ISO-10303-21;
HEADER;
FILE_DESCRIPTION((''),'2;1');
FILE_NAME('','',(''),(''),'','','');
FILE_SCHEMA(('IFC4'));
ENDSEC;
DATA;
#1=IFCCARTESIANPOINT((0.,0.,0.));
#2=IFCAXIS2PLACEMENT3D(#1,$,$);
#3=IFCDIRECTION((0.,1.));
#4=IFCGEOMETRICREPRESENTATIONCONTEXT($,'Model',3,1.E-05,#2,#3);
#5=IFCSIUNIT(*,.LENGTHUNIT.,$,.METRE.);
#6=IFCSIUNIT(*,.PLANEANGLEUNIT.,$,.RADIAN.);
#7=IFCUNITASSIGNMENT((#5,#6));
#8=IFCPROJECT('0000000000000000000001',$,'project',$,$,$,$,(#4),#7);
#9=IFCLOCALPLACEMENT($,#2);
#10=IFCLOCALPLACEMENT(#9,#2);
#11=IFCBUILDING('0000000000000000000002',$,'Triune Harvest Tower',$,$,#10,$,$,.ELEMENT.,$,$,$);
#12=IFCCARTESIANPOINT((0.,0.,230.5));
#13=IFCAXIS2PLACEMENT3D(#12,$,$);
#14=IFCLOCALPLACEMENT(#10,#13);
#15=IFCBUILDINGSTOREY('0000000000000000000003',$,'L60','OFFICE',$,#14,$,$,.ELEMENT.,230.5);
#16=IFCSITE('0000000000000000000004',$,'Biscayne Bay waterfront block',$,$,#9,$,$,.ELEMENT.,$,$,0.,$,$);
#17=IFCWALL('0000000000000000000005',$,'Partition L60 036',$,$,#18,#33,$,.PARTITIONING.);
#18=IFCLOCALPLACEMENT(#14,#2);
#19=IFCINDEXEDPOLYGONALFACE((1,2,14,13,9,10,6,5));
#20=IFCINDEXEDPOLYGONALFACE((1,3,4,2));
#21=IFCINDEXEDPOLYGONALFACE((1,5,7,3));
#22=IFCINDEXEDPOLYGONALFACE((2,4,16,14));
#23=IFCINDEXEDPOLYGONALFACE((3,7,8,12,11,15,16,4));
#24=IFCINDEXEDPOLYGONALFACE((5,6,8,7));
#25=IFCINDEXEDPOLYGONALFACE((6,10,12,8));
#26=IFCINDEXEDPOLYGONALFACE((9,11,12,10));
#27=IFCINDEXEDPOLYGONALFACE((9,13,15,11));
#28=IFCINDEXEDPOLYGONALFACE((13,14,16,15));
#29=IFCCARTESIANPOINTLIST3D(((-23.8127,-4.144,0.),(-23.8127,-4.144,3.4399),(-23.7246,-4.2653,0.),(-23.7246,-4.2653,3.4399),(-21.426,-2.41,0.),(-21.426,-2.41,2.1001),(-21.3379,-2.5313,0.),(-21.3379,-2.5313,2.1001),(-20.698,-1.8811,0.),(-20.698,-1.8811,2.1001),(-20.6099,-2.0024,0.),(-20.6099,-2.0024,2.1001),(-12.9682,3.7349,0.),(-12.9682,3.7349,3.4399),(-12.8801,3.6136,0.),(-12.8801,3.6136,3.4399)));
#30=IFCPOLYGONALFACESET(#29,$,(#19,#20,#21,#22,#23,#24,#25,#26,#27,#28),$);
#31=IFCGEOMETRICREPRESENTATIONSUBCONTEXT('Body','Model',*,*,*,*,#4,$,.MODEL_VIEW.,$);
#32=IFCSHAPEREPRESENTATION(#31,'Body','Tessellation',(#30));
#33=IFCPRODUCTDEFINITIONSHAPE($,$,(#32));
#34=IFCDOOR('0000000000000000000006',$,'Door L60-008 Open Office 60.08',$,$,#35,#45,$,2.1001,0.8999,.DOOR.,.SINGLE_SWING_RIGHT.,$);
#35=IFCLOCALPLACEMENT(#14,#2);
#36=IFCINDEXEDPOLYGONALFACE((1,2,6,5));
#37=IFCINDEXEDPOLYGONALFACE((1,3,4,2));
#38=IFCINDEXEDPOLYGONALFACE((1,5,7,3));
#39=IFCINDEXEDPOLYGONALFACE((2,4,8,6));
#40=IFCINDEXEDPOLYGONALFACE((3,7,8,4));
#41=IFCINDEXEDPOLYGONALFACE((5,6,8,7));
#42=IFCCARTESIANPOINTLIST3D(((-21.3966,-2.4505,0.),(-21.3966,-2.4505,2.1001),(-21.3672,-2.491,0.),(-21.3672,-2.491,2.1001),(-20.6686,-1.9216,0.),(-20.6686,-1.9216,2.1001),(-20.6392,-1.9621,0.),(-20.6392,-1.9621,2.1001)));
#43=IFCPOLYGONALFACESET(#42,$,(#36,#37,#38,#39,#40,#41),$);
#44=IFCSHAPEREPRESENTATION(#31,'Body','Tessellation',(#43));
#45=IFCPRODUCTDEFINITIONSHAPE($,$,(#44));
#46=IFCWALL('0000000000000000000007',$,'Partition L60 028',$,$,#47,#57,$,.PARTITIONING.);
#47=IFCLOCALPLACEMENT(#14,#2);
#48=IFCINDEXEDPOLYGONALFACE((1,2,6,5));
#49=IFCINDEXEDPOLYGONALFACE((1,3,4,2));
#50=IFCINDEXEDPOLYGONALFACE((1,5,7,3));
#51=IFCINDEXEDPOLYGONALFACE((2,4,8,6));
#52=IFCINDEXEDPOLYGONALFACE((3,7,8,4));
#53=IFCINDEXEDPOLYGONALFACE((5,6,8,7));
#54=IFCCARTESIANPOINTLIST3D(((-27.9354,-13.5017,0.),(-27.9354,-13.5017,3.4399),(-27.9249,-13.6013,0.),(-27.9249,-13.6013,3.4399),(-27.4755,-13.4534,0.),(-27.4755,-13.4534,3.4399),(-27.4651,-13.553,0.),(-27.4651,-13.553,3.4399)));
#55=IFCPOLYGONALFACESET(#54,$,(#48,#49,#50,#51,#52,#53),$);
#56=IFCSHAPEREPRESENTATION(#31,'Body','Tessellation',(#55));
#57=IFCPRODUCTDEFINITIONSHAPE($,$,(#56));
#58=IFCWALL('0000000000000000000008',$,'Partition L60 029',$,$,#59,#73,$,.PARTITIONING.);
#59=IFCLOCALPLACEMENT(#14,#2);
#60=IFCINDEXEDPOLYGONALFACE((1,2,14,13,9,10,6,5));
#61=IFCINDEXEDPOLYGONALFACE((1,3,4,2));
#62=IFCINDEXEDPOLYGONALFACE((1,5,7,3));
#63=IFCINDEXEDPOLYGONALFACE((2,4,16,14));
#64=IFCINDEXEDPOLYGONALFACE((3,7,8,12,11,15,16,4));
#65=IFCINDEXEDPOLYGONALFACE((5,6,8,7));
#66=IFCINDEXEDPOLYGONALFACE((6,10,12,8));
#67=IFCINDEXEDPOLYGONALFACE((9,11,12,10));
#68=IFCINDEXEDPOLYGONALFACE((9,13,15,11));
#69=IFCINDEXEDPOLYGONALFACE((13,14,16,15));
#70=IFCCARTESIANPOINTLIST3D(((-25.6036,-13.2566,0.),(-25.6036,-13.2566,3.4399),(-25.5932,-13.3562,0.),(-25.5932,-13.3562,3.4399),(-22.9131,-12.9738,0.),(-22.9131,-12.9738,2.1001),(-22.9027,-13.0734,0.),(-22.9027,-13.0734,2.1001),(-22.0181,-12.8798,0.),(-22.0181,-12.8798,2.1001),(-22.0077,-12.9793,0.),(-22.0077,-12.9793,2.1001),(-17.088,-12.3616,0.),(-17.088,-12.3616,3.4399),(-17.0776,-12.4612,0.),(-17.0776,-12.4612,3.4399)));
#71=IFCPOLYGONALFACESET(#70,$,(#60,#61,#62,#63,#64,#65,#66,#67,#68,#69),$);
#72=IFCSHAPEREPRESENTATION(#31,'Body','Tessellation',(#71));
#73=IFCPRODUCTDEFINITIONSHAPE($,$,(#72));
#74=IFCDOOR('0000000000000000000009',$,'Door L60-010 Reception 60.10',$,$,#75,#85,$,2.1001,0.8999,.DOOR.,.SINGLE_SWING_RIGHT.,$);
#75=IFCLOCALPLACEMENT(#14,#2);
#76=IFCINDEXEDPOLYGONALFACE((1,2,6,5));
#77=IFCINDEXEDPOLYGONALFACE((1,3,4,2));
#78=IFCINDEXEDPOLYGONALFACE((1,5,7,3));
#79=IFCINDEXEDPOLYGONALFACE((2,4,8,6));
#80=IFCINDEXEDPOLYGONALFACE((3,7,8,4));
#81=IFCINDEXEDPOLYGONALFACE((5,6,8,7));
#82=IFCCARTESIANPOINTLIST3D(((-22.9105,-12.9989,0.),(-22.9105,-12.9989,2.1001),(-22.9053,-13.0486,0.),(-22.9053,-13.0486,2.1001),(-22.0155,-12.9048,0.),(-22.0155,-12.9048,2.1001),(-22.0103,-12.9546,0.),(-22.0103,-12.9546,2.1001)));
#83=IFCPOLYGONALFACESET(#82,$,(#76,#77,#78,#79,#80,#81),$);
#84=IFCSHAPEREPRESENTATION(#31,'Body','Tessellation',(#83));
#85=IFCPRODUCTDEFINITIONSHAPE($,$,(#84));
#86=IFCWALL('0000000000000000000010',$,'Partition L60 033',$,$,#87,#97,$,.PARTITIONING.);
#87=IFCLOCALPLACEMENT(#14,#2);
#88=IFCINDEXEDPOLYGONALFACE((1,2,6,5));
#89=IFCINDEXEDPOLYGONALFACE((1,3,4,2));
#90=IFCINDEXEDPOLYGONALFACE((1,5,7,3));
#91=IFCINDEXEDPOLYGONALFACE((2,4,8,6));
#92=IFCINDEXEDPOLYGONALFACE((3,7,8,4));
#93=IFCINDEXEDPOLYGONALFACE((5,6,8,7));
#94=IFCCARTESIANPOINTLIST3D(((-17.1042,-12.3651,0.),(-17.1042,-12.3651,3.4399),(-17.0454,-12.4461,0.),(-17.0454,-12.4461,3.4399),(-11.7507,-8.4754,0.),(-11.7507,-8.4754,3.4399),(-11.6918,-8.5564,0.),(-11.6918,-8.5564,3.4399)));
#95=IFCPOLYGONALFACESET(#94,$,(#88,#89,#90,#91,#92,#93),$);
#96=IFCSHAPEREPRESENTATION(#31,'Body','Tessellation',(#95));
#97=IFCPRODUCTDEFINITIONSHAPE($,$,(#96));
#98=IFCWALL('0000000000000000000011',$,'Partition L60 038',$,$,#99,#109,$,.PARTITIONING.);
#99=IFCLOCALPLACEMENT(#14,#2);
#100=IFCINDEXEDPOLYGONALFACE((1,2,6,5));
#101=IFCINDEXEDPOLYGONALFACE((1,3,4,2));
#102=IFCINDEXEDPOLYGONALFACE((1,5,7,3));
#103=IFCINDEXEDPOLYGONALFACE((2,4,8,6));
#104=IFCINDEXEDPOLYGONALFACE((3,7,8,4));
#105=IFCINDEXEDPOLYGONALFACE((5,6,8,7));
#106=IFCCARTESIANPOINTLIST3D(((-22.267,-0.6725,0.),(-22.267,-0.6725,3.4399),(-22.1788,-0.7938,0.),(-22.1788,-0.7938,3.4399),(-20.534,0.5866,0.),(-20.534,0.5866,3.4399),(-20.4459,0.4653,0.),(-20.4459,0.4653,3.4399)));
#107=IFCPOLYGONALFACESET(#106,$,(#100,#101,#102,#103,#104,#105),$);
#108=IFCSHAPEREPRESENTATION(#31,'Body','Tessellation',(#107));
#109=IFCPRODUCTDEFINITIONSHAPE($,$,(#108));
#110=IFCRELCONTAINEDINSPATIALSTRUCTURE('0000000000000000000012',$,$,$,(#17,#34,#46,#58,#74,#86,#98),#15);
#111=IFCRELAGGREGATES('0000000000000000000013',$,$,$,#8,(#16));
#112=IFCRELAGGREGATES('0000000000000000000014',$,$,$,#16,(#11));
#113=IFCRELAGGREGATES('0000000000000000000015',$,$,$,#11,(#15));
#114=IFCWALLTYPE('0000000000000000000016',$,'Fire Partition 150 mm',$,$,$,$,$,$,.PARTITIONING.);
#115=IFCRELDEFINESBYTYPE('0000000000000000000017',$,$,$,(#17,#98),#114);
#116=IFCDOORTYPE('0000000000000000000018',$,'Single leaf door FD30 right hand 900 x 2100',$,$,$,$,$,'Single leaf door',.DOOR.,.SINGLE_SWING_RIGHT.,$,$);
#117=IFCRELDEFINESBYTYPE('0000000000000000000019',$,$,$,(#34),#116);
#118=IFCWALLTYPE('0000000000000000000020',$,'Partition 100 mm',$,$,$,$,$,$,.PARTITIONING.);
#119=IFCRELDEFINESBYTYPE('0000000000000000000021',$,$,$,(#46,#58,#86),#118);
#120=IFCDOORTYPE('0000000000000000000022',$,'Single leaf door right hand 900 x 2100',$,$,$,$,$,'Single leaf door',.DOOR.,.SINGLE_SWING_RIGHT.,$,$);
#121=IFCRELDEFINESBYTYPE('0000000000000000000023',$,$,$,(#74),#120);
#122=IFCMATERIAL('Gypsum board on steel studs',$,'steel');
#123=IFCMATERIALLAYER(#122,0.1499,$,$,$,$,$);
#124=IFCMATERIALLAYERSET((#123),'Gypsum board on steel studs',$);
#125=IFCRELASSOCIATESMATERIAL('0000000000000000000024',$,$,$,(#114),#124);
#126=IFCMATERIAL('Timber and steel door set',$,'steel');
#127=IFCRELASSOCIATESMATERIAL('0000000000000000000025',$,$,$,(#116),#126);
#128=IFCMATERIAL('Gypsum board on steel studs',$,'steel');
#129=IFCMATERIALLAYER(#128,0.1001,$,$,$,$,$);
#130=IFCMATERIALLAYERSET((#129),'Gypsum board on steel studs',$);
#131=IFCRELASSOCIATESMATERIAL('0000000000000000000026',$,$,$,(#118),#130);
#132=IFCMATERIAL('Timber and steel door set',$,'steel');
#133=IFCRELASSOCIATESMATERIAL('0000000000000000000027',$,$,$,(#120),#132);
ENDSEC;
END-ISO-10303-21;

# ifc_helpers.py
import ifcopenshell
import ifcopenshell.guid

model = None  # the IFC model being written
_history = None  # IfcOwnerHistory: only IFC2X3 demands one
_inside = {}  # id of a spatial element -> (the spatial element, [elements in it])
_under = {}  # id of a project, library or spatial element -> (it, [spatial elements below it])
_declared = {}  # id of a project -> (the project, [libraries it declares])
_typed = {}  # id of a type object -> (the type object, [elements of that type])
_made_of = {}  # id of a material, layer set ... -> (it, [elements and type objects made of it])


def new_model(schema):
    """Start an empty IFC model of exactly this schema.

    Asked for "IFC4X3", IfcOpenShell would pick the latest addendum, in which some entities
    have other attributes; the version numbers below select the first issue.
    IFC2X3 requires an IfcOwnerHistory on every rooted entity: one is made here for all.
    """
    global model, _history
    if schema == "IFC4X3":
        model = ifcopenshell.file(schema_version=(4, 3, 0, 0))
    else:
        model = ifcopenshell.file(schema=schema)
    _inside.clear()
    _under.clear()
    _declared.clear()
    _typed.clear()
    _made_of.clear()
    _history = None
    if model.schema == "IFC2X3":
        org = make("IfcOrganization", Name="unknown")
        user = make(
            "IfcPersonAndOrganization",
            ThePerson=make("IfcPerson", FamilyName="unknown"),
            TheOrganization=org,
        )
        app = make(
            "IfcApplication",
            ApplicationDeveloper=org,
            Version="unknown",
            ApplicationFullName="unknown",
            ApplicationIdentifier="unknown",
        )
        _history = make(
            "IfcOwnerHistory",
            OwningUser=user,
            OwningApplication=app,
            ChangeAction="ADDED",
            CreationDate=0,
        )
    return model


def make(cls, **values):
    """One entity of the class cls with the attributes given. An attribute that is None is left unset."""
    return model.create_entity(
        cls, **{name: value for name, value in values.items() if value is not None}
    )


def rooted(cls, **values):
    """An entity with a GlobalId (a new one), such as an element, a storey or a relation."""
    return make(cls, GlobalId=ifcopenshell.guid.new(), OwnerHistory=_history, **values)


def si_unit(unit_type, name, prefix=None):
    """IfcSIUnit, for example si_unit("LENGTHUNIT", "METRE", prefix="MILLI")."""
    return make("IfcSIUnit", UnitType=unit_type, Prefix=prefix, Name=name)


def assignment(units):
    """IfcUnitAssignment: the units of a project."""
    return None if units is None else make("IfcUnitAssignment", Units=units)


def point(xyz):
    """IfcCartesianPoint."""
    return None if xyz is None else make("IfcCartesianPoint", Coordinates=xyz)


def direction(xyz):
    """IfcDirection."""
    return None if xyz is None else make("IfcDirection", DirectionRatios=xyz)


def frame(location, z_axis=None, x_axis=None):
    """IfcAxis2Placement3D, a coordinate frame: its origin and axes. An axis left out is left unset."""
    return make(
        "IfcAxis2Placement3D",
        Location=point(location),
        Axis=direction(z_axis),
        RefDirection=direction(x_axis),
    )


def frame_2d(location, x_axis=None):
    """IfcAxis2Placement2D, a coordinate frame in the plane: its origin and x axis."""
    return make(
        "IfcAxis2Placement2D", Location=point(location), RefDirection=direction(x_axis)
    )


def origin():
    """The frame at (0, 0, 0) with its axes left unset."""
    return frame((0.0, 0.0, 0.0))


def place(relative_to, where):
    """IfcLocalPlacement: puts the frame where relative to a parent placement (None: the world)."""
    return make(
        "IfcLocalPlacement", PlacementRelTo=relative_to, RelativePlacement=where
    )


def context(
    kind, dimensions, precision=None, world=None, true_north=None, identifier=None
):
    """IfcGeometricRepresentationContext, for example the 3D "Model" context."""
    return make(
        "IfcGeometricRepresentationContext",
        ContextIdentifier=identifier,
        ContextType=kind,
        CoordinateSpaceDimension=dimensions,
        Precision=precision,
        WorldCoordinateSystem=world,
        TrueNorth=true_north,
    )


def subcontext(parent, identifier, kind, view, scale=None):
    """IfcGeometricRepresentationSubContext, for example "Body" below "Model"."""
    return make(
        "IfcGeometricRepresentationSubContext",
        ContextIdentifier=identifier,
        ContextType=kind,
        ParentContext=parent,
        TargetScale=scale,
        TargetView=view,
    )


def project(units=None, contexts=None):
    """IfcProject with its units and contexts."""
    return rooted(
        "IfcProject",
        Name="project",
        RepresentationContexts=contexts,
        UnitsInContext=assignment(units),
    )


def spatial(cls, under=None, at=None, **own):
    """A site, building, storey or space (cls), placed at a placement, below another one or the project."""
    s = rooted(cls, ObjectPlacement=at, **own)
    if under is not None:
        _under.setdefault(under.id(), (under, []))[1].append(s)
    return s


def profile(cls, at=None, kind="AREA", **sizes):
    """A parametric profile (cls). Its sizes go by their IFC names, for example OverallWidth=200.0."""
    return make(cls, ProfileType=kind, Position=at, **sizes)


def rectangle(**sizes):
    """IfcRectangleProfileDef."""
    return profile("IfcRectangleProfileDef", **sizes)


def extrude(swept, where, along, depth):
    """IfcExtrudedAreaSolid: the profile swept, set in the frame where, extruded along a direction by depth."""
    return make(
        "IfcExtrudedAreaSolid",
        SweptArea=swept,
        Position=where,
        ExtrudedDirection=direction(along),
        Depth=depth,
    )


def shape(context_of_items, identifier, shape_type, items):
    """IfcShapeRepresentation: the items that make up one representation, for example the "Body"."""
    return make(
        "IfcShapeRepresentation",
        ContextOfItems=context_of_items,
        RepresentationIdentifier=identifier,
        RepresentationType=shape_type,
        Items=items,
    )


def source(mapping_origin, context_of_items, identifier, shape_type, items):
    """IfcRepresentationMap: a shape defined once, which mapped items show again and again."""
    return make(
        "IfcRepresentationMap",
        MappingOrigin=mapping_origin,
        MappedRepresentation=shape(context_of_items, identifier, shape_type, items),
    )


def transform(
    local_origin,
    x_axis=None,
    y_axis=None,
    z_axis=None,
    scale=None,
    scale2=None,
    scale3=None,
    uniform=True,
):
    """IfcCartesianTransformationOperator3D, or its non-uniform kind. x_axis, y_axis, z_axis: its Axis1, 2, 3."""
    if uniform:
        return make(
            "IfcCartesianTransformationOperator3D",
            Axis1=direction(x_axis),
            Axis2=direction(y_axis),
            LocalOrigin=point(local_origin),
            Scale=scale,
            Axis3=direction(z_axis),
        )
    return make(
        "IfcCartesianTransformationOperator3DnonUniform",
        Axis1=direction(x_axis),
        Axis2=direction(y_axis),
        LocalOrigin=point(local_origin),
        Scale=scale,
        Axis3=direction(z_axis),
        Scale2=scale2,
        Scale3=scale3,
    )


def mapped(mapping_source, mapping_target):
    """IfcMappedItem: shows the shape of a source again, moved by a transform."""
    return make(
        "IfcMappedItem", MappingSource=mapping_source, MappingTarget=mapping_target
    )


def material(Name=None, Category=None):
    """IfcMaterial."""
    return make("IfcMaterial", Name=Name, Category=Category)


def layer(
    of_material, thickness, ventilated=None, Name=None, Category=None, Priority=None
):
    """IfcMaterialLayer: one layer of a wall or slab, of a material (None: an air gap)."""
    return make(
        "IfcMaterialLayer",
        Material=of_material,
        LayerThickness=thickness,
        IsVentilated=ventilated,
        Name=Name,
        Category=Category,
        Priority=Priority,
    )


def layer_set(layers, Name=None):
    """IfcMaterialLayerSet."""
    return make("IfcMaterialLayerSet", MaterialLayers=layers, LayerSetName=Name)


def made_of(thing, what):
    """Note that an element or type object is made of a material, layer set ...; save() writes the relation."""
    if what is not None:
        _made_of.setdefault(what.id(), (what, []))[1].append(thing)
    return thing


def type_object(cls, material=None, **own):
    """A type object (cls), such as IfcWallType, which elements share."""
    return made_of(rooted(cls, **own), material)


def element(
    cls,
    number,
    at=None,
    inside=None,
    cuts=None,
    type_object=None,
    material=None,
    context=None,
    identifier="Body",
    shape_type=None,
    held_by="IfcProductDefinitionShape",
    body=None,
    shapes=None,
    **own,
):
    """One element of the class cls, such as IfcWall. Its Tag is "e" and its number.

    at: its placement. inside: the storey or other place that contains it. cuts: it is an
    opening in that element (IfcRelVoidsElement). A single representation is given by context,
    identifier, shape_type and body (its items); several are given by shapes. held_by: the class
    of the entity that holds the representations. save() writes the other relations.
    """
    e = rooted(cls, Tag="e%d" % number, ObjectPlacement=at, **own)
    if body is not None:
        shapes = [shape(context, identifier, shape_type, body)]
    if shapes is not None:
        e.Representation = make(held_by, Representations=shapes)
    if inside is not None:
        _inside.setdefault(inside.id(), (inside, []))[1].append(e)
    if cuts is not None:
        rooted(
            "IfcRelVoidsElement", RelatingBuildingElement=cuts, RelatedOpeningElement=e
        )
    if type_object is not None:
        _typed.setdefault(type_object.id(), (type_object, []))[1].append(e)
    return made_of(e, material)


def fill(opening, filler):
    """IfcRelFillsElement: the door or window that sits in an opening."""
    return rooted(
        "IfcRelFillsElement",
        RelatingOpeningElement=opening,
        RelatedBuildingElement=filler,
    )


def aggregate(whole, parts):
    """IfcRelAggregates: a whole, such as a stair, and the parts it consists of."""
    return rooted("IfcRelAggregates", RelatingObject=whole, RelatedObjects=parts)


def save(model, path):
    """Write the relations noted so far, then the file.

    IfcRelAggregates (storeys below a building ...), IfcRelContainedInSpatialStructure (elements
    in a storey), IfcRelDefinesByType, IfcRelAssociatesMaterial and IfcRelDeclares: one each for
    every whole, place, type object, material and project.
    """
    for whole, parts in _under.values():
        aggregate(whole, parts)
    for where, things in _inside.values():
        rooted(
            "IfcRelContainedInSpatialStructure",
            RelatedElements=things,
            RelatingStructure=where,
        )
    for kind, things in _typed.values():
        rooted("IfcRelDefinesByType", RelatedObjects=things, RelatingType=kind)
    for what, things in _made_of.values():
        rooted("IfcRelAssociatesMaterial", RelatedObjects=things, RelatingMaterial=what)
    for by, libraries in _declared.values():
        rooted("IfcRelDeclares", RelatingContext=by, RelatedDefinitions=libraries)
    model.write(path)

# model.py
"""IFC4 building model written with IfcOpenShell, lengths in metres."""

from ifc_helpers import new_model, si_unit, direction, frame, frame_2d, origin, place, context, subcontext, project, spatial, rectangle, extrude, source, transform, mapped, material, layer, layer_set, type_object, element, fill, save


model = new_model("IFC4")

# Units and contexts
model_context = context("Model", 3, precision=1e-05, world=origin(), true_north=direction((0.0, 1.0)))
body_context = subcontext(model_context, "Body", "Model", "MODEL_VIEW")
ifc_project = project(units=[si_unit("LENGTHUNIT", "METRE"), si_unit("PLANEANGLEUNIT", "RADIAN")], contexts=[model_context])

# Site, building, storey
site_placement = place(None, origin())
site = spatial("IfcSite", under=ifc_project, at=site_placement, Name="Biscayne Bay waterfront block", CompositionType="ELEMENT", RefElevation=0.0)
building_placement = place(site_placement, origin())
building = spatial("IfcBuilding", under=site, at=building_placement, Name="Triune Harvest Tower", CompositionType="ELEMENT")
storey_placement = place(building_placement, frame((0.0, 0.0, 230.5)))
storey = spatial("IfcBuildingStorey", under=building, at=storey_placement, Name="L60", Description="OFFICE", CompositionType="ELEMENT", Elevation=230.5)

# Wall, opening, door
ifc_material_1 = material(Name="Gypsum board on steel studs", Category="steel")
ifc_layer_1 = layer(ifc_material_1, 0.1499)
ifc_layer_set_1 = layer_set([ifc_layer_1], Name="Gypsum board on steel studs")
wall_type_1 = type_object("IfcWallType", Name="Fire Partition 150 mm", PredefinedType="PARTITIONING", material=ifc_layer_set_1)
wall_1_placement = place(storey_placement, frame((-23.7686, -4.2046, 0.0), z_axis=(0.0, 0.0, 1.0), x_axis=(0.80902, 0.587782, 0.0)))
wall_1 = element("IfcWall", 1, at=wall_1_placement, inside=storey, type_object=wall_type_1, Name="Partition L60 036", PredefinedType="PARTITIONING", context=body_context, shape_type="SweptSolid", body=[
    extrude(rectangle(XDim=13.4045, YDim=0.1499, at=frame_2d((6.7021, 0.0))), origin(), (0.0, 0.0, 1.0), 3.4399),
])
opening_1_placement = place(wall_1_placement, frame((2.95, 0.0, 0.0)))
opening_1 = element("IfcOpeningElement", 2, at=opening_1_placement, cuts=wall_1, PredefinedType="OPENING", context=body_context, shape_type="SweptSolid", body=[
    extrude(rectangle(XDim=0.8999, YDim=2.1001, at=frame_2d((0.45, 1.05))), frame((0.0, 0.085, 0.0), z_axis=(0.0, -1.0, 0.0), x_axis=(1.0, 0.0, 0.0)), (0.0, 0.0, 1.0), 0.1699),
])
ifc_material_2 = material(Name="Timber and steel door set", Category="steel")
door_type_1 = type_object("IfcDoorType", Name="Single leaf door FD30 right hand 900 x 2100", ElementType="Single leaf door", OperationType="SINGLE_SWING_RIGHT", PredefinedType="DOOR", material=ifc_material_2)
door_1_placement = place(opening_1_placement, origin())
door_1 = element("IfcDoor", 3, at=door_1_placement, inside=storey, type_object=door_type_1, Name="Door L60-008 Open Office 60.08", OperationType="SINGLE_SWING_RIGHT", OverallHeight=2.1001, OverallWidth=0.8999, PredefinedType="DOOR", context=body_context, shape_type="SweptSolid", body=[
    extrude(rectangle(XDim=0.8999, YDim=2.1001, at=frame_2d((0.45, 1.05))), frame((0.0, 0.0249, 0.0), z_axis=(0.0, -1.0, 0.0), x_axis=(1.0, 0.0, 0.0)), (0.0, 0.0, 1.0), 0.05),
])
fill(opening_1, door_1)

# Wall
ifc_material_3 = material(Name="Gypsum board on steel studs", Category="steel")
ifc_layer_2 = layer(ifc_material_3, 0.1001)
ifc_layer_set_2 = layer_set([ifc_layer_2], Name="Gypsum board on steel studs")
wall_type_2 = type_object("IfcWallType", Name="Partition 100 mm", PredefinedType="PARTITIONING", material=ifc_layer_set_2)
shared_shape_1 = source(origin(), body_context, "Body", "SweptSolid", [
    extrude(rectangle(XDim=0.4624, YDim=0.1001, at=frame_2d((0.2312, 0.0))), origin(), (0.0, 0.0, 1.0), 3.4399),
])
wall_2_placement = place(storey_placement, frame((-27.9302, -13.5515, 0.0), z_axis=(0.0, 0.0, 1.0), x_axis=(0.994523, 0.10452, 0.0)))
element("IfcWall", 4, at=wall_2_placement, inside=storey, type_object=wall_type_2, Name="Partition L60 028", PredefinedType="PARTITIONING", context=body_context, shape_type="MappedRepresentation", body=[
    mapped(shared_shape_1, transform((0.0, 0.0, 0.0), scale=1.0)),
])

# Wall, opening, door
shared_shape_2 = source(origin(), body_context, "Body", "SweptSolid", [
    extrude(rectangle(XDim=8.5625, YDim=0.1001, at=frame_2d((4.2812, 0.0))), origin(), (0.0, 0.0, 1.0), 3.4399),
])
wall_3_placement = place(storey_placement, frame((-25.5984, -13.3064, 0.0), z_axis=(0.0, 0.0, 1.0), x_axis=(0.994522, 0.104527, 0.0)))
wall_3 = element("IfcWall", 5, at=wall_3_placement, inside=storey, type_object=wall_type_2, Name="Partition L60 029", PredefinedType="PARTITIONING", context=body_context, shape_type="MappedRepresentation", body=[
    mapped(shared_shape_2, transform((0.0, 0.0, 0.0), scale=1.0)),
])
opening_2_placement = place(wall_3_placement, frame((2.7053, 0.0, 0.0)))
opening_2 = element("IfcOpeningElement", 6, at=opening_2_placement, cuts=wall_3, PredefinedType="OPENING", context=body_context, shape_type="SweptSolid", body=[
    extrude(rectangle(XDim=0.8999, YDim=2.1001, at=frame_2d((0.45, 1.05))), frame((0.0, 0.0601, 0.0), z_axis=(0.0, -1.0, 0.0), x_axis=(1.0, 0.0, 0.0)), (0.0, 0.0, 1.0), 0.1201),
])
ifc_material_4 = material(Name="Timber and steel door set", Category="steel")
door_type_2 = type_object("IfcDoorType", Name="Single leaf door right hand 900 x 2100", ElementType="Single leaf door", OperationType="SINGLE_SWING_RIGHT", PredefinedType="DOOR", material=ifc_material_4)
door_2_placement = place(opening_2_placement, origin())
door_2 = element("IfcDoor", 7, at=door_2_placement, inside=storey, type_object=door_type_2, Name="Door L60-010 Reception 60.10", OperationType="SINGLE_SWING_RIGHT", OverallHeight=2.1001, OverallWidth=0.8999, PredefinedType="DOOR", context=body_context, shape_type="SweptSolid", body=[
    extrude(rectangle(XDim=0.8999, YDim=2.1001, at=frame_2d((0.45, 1.05))), frame((0.0, 0.0249, 0.0), z_axis=(0.0, -1.0, 0.0), x_axis=(1.0, 0.0, 0.0)), (0.0, 0.0, 1.0), 0.05),
])
fill(opening_2, door_2)

# Walls
shared_shape_3 = source(origin(), body_context, "Body", "SweptSolid", [
    extrude(rectangle(XDim=6.6174, YDim=0.1001, at=frame_2d((3.3086, 0.0))), origin(), (0.0, 0.0, 1.0), 3.4399),
])
wall_4_placement = place(storey_placement, frame((-17.0747, -12.4055, 0.0), z_axis=(0.0, 0.0, 1.0), x_axis=(0.80901, 0.587794, 0.0)))
element("IfcWall", 8, at=wall_4_placement, inside=storey, type_object=wall_type_2, Name="Partition L60 033", PredefinedType="PARTITIONING", context=body_context, shape_type="MappedRepresentation", body=[
    mapped(shared_shape_3, transform((0.0, 0.0, 0.0), scale=1.0)),
])
shared_shape_4 = source(origin(), body_context, "Body", "SweptSolid", [
    extrude(rectangle(XDim=2.1421, YDim=0.1499, at=frame_2d((1.071, 0.0))), origin(), (0.0, 0.0, 1.0), 3.4399),
])
wall_5_placement = place(storey_placement, frame((-22.2229, -0.7332, 0.0), z_axis=(0.0, 0.0, 1.0), x_axis=(0.809017, 0.587785, 0.0)))
element("IfcWall", 9, at=wall_5_placement, inside=storey, type_object=wall_type_1, Name="Partition L60 038", PredefinedType="PARTITIONING", context=body_context, shape_type="MappedRepresentation", body=[
    mapped(shared_shape_4, transform((0.0, 0.0, 0.0), scale=1.0)),
])

save(model, "model.ifc")
